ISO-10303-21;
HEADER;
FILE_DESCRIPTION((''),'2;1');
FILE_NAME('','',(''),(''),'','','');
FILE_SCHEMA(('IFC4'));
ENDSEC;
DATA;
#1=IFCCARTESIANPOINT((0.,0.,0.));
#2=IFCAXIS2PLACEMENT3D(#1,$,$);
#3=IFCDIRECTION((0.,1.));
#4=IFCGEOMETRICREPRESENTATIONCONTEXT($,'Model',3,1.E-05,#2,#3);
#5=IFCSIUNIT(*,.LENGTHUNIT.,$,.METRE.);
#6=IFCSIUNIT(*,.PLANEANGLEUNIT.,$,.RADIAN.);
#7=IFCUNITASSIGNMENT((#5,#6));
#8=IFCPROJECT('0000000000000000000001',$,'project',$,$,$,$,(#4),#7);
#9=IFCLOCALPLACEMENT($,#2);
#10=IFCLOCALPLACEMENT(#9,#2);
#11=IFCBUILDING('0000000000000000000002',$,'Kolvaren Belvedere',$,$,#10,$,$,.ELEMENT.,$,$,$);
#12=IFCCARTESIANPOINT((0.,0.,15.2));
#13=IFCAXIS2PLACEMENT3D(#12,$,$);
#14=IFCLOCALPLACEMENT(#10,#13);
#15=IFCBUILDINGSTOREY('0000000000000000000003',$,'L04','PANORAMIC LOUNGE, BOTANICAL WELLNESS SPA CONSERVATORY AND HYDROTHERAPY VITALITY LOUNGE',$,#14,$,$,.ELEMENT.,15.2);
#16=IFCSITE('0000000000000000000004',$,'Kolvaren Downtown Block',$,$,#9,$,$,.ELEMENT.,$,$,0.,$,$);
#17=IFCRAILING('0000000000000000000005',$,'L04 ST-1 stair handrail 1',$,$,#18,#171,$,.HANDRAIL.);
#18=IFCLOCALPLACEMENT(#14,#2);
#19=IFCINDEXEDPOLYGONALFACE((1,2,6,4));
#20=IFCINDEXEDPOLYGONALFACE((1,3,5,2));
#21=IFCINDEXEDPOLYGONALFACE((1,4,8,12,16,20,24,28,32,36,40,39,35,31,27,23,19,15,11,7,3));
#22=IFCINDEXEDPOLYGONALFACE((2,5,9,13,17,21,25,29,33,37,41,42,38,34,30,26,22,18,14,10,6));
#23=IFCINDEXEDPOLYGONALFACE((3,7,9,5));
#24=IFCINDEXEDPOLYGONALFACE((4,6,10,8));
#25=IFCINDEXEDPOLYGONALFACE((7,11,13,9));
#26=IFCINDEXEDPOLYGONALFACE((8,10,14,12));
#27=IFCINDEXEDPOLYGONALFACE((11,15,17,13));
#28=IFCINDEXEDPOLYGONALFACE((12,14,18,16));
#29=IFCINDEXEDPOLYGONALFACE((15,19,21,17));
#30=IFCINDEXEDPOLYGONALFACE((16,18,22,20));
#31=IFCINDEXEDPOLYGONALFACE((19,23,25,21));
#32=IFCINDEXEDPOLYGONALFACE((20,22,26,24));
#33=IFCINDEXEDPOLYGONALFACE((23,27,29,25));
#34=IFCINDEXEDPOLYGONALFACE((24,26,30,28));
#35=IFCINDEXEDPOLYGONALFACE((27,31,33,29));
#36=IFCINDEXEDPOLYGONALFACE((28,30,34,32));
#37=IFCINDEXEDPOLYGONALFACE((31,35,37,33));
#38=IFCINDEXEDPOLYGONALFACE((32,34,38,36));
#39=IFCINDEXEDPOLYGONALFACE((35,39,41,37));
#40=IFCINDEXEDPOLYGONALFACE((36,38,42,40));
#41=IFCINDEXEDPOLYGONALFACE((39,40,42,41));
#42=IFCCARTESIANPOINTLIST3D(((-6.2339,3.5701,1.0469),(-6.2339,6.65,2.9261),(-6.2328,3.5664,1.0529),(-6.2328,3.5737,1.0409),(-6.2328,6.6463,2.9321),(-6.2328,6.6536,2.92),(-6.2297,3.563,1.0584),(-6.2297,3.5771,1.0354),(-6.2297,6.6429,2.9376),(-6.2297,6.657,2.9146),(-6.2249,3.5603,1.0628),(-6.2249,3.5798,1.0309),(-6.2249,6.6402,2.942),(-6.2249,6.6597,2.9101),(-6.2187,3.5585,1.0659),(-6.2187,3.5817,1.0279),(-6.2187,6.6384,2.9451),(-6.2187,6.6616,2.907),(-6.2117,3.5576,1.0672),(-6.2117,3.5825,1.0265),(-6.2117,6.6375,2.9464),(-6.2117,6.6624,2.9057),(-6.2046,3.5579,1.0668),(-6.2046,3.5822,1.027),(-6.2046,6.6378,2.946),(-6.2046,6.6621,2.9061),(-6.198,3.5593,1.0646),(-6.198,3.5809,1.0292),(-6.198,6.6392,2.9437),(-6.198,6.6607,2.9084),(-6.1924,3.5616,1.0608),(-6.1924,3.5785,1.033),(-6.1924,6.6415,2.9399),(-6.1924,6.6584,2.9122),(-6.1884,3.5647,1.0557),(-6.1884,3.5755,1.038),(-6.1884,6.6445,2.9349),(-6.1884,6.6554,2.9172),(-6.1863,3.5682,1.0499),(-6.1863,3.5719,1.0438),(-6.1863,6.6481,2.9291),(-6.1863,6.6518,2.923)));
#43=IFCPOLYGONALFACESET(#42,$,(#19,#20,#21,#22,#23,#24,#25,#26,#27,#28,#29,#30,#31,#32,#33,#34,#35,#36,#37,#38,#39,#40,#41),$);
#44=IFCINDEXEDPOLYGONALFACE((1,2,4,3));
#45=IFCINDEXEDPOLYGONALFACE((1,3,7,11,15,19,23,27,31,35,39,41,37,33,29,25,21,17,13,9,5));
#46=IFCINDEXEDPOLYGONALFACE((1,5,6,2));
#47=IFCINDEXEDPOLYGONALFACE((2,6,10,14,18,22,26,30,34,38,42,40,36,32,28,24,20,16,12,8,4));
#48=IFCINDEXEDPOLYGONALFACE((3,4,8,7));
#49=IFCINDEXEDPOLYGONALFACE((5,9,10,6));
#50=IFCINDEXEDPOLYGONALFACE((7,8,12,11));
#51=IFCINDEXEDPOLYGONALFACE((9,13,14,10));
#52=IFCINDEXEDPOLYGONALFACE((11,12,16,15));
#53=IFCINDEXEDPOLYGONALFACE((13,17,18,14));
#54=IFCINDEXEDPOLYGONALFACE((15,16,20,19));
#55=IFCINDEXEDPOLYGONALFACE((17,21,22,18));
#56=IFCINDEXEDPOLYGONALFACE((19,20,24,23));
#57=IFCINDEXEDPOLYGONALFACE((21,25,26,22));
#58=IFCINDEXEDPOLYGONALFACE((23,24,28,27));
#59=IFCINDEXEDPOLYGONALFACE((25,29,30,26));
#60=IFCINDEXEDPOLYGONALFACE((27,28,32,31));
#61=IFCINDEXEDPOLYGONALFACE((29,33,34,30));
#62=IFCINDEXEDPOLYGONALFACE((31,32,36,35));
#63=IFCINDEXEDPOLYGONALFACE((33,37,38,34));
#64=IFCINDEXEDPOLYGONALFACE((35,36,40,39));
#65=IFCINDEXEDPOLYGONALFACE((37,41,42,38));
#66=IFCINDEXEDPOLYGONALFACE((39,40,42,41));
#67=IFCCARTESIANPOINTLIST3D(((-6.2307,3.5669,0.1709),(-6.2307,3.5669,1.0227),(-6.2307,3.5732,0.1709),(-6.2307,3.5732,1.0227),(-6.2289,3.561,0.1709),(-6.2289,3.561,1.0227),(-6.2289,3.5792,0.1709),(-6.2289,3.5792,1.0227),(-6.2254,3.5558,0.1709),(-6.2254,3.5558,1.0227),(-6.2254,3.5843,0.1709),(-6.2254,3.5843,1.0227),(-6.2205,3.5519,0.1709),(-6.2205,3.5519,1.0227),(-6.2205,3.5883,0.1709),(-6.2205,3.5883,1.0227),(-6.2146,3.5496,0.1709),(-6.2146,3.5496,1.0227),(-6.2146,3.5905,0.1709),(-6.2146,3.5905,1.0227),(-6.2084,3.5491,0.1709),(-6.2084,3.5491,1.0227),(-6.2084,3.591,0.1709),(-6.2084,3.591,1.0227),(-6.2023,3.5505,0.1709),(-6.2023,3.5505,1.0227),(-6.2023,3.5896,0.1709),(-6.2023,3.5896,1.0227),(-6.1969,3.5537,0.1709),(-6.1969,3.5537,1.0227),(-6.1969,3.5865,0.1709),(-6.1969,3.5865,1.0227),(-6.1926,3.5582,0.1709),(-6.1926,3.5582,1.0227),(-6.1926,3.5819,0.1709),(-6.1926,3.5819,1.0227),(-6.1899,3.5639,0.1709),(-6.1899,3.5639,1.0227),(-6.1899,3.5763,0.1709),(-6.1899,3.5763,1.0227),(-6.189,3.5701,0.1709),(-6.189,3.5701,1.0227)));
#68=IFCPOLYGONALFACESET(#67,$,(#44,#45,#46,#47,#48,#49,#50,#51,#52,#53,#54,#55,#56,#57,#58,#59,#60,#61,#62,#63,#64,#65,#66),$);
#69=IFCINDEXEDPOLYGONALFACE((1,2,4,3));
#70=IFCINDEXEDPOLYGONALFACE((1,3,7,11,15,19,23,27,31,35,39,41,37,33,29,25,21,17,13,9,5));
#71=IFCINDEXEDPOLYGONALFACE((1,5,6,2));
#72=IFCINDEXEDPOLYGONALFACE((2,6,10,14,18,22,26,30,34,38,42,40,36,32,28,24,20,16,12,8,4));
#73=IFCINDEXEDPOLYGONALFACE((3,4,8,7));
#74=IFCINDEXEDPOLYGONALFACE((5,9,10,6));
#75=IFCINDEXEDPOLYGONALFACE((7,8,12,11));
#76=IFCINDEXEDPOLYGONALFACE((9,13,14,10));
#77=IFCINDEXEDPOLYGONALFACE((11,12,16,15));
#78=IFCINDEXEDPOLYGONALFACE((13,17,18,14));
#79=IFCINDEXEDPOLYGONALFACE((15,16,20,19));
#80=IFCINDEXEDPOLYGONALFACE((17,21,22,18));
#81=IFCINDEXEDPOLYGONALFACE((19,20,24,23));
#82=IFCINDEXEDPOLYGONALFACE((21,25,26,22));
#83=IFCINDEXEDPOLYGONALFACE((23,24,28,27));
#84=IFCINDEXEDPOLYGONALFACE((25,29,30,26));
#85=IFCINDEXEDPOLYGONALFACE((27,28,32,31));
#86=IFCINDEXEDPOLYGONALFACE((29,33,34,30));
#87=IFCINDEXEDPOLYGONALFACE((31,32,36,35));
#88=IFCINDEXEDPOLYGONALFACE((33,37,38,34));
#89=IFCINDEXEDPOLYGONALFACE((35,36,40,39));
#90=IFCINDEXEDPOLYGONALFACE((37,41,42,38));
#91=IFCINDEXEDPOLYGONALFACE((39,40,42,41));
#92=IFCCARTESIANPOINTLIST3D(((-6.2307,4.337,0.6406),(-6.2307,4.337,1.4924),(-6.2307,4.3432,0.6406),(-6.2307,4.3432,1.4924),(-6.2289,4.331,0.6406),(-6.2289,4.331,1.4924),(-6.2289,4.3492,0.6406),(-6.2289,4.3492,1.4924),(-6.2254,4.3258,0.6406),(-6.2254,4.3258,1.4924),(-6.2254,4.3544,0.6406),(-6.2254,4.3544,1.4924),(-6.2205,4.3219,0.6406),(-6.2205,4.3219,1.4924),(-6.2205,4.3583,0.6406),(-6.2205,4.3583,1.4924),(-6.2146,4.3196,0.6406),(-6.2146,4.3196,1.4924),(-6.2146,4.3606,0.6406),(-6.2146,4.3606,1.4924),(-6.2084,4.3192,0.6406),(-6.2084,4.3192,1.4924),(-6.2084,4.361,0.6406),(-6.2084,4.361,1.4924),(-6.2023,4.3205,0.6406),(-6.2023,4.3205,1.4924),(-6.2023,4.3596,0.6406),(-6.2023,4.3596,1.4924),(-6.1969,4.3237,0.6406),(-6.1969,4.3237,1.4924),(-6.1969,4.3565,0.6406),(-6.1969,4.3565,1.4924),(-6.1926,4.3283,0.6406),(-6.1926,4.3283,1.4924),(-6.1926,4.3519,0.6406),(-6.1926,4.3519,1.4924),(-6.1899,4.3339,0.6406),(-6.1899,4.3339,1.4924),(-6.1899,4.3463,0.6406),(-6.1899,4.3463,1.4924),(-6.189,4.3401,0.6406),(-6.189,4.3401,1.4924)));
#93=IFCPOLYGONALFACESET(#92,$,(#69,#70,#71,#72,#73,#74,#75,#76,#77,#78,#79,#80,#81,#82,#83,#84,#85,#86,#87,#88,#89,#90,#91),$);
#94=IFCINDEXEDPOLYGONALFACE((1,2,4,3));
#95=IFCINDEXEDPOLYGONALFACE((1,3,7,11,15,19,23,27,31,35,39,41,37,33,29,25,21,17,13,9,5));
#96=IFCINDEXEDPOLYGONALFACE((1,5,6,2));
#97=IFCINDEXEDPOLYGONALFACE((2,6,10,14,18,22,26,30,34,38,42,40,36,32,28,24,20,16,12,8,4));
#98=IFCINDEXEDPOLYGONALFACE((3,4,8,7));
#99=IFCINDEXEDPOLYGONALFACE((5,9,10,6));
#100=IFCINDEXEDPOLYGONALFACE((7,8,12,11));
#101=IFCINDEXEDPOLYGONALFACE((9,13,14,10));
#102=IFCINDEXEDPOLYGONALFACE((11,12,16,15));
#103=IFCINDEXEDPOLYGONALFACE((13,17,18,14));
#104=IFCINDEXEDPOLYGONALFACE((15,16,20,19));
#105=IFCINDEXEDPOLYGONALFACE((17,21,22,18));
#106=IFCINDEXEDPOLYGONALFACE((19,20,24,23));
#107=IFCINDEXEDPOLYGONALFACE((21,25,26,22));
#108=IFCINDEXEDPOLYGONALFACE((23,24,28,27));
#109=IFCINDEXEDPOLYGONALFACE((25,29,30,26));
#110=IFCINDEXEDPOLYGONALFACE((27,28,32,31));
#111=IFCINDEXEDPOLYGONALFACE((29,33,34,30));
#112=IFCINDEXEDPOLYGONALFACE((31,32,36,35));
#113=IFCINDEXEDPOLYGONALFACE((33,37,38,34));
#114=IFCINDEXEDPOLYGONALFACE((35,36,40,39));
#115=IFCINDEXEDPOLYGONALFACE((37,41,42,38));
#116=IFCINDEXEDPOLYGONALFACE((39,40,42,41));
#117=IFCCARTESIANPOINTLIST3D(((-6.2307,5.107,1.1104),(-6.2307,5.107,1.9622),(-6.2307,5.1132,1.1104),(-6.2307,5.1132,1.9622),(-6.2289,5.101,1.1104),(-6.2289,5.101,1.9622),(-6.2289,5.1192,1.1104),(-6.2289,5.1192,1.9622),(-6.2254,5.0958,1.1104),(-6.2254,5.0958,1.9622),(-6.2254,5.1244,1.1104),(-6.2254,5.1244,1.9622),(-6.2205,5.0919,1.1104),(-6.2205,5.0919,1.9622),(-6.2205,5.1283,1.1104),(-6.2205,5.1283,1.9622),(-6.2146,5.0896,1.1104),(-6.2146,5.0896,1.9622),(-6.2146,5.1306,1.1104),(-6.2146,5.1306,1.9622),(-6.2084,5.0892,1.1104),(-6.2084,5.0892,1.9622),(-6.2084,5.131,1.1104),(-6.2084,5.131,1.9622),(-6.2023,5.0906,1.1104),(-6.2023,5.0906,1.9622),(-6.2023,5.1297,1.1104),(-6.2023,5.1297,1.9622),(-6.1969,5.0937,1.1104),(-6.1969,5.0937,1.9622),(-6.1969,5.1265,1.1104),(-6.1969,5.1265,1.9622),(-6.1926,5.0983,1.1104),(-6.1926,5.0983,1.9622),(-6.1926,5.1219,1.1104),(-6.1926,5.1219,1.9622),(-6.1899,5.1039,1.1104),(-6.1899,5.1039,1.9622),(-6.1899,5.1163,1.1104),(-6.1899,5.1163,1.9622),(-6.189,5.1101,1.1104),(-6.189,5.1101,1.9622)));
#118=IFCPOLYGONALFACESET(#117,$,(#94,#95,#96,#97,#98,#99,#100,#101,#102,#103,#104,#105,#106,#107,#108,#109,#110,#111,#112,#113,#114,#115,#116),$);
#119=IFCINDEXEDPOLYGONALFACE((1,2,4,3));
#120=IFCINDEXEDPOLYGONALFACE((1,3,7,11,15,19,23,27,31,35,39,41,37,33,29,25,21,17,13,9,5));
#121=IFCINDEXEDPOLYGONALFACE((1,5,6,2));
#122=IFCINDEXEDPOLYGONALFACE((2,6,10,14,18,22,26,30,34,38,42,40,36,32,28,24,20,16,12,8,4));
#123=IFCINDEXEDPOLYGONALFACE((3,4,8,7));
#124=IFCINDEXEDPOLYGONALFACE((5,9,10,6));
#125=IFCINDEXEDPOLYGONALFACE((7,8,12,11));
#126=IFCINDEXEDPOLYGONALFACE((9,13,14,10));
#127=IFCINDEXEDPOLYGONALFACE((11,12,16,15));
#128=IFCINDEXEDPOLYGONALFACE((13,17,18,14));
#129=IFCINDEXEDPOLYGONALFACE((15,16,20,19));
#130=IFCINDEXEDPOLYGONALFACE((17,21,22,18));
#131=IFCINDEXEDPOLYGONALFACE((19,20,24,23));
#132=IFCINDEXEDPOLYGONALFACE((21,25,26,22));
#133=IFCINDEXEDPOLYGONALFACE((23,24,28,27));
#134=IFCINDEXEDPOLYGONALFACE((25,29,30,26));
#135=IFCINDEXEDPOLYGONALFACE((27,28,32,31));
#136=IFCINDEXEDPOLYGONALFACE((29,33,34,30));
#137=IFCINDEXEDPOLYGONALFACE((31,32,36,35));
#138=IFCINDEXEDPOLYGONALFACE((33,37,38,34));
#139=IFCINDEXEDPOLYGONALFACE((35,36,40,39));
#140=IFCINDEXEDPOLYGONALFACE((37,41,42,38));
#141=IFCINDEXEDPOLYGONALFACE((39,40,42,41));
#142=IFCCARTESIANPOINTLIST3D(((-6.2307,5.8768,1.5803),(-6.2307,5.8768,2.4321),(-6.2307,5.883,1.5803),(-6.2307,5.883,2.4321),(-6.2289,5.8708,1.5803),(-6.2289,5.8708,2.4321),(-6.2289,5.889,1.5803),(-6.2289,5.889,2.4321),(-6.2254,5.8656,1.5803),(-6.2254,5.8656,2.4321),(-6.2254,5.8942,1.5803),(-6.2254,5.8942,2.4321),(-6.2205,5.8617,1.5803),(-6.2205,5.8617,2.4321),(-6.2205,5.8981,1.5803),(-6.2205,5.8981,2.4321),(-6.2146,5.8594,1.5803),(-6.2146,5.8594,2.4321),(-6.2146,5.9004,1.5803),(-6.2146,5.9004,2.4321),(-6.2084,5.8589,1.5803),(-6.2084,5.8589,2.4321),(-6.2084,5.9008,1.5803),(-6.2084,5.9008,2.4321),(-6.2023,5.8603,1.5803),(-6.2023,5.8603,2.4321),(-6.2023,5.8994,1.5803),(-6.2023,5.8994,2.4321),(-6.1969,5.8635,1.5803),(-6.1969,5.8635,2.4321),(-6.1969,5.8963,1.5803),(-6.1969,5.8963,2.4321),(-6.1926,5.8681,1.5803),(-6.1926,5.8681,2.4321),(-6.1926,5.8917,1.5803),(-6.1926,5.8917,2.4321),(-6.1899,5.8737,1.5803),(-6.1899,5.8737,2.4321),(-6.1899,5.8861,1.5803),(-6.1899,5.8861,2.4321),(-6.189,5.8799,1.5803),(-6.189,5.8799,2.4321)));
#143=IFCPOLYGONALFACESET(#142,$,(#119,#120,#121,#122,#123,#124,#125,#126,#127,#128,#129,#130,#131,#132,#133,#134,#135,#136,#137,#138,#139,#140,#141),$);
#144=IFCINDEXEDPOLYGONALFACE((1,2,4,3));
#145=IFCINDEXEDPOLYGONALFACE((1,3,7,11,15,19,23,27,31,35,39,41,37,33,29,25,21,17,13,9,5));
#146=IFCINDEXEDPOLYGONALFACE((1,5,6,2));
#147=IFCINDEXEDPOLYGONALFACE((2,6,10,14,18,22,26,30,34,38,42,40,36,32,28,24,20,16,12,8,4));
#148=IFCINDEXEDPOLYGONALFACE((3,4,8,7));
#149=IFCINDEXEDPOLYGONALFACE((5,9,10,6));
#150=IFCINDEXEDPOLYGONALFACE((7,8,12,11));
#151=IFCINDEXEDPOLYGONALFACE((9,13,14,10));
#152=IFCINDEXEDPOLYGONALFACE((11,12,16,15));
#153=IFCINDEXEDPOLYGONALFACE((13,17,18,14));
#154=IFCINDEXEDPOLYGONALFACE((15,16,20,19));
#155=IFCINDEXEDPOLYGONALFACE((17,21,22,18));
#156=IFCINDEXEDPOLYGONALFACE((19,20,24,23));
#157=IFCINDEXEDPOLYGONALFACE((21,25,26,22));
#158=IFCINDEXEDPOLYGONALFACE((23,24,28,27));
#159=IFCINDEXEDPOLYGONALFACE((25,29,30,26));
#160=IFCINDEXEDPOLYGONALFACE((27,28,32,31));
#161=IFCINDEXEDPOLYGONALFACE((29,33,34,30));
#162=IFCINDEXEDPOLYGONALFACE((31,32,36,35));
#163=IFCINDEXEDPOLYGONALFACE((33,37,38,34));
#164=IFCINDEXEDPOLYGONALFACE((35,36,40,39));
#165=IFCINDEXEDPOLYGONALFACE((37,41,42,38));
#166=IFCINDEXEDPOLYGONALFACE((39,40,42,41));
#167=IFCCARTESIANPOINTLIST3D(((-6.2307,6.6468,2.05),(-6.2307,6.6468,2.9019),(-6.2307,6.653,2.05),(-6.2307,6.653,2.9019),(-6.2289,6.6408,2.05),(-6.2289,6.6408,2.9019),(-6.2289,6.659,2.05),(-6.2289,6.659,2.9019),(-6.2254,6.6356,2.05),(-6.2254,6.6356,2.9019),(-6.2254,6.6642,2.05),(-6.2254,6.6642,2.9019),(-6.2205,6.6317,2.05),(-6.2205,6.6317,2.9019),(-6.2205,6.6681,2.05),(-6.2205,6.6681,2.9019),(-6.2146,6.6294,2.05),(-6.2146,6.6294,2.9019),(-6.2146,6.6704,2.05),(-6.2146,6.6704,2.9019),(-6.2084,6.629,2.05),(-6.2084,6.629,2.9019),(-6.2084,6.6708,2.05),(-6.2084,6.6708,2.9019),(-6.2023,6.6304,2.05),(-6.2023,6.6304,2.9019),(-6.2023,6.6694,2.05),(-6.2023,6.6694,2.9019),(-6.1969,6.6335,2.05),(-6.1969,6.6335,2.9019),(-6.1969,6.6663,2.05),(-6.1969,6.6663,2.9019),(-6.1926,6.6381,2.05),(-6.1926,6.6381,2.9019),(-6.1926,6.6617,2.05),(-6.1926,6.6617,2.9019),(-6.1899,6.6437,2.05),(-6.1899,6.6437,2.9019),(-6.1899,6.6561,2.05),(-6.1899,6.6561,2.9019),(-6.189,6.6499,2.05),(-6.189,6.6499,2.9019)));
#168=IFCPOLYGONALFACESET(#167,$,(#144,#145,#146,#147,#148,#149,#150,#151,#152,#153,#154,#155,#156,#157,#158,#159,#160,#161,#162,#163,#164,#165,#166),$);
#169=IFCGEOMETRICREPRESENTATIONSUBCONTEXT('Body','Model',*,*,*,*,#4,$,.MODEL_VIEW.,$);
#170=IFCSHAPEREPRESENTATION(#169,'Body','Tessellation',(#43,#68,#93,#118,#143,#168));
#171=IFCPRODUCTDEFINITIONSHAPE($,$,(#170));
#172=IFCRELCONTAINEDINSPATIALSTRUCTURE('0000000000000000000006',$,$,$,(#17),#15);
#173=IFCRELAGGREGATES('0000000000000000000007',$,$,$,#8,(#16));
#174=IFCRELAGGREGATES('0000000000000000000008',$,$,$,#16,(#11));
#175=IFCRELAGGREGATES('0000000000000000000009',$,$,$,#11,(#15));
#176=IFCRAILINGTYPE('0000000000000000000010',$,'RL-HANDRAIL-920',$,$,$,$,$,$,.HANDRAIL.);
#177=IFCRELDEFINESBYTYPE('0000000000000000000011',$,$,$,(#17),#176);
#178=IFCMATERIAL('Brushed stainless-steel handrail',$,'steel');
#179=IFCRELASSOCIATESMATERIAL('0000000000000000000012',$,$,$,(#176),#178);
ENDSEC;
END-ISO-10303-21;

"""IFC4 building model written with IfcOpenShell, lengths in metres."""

from ifc_helpers import new_model, si_unit, direction, frame, origin, origin_2d, place, context, subcontext, project, spatial, circle, extrude, material, type_object, element, save


model = new_model("IFC4")

# Units and contexts
model_context = context("Model", 3, precision=1e-05, world=origin(), true_north=direction((0.0, 1.0)))
body_context = subcontext(model_context, "Body", "Model", "MODEL_VIEW")
ifc_project = project(units=[si_unit("LENGTHUNIT", "METRE"), si_unit("PLANEANGLEUNIT", "RADIAN")], contexts=[model_context])

# Site, building, storey
site_placement = place(None, origin())
site = spatial("IfcSite", under=ifc_project, at=site_placement, Name="Kolvaren Downtown Block", CompositionType="ELEMENT", RefElevation=0.0)
building_placement = place(site_placement, origin())
building = spatial("IfcBuilding", under=site, at=building_placement, Name="Kolvaren Belvedere", CompositionType="ELEMENT")
storey_placement = place(building_placement, frame((0.0, 0.0, 15.2)))
storey = spatial("IfcBuildingStorey", under=building, at=storey_placement, Name="L04", Description="PANORAMIC LOUNGE, BOTANICAL WELLNESS SPA CONSERVATORY AND HYDROTHERAPY VITALITY LOUNGE", CompositionType="ELEMENT", Elevation=15.2)

# Railing
ifc_material_1 = material(Name="Brushed stainless-steel handrail", Category="steel")
railing_type_1 = type_object("IfcRailingType", Name="RL-HANDRAIL-920", PredefinedType="HANDRAIL", material=ifc_material_1)
railing_1_placement = place(storey_placement, frame((-6.21, 3.5701, 0.1709)))
element("IfcRailing", 1, at=railing_1_placement, inside=storey, type_object=railing_type_1, Name="L04 ST-1 stair handrail 1", PredefinedType="HANDRAIL", context=body_context, shape_type="SweptSolid", body=[
    extrude(circle(Radius=0.0239, at=origin_2d()), frame((0.0, 0.0, 0.876), z_axis=(0.0, 0.853648, 0.52085), x_axis=(-1.0, 0.0, 0.0)), (0.0, 0.0, 1.0), 3.6079),
    extrude(circle(Radius=0.021, at=origin_2d()), origin(), (0.0, 0.0, 1.0), 0.8518),
    extrude(circle(Radius=0.021, at=origin_2d()), frame((0.0, 0.77, 0.4697)), (0.0, 0.0, 1.0), 0.8518),
    extrude(circle(Radius=0.021, at=origin_2d()), frame((0.0, 1.54, 0.9395)), (0.0, 0.0, 1.0), 0.8518),
    extrude(circle(Radius=0.021, at=origin_2d()), frame((0.0, 2.3098, 1.4094)), (0.0, 0.0, 1.0), 0.8518),
    extrude(circle(Radius=0.021, at=origin_2d()), frame((0.0, 3.0798, 1.8792)), (0.0, 0.0, 1.0), 0.8518),
])

save(model, "model.ifc")
